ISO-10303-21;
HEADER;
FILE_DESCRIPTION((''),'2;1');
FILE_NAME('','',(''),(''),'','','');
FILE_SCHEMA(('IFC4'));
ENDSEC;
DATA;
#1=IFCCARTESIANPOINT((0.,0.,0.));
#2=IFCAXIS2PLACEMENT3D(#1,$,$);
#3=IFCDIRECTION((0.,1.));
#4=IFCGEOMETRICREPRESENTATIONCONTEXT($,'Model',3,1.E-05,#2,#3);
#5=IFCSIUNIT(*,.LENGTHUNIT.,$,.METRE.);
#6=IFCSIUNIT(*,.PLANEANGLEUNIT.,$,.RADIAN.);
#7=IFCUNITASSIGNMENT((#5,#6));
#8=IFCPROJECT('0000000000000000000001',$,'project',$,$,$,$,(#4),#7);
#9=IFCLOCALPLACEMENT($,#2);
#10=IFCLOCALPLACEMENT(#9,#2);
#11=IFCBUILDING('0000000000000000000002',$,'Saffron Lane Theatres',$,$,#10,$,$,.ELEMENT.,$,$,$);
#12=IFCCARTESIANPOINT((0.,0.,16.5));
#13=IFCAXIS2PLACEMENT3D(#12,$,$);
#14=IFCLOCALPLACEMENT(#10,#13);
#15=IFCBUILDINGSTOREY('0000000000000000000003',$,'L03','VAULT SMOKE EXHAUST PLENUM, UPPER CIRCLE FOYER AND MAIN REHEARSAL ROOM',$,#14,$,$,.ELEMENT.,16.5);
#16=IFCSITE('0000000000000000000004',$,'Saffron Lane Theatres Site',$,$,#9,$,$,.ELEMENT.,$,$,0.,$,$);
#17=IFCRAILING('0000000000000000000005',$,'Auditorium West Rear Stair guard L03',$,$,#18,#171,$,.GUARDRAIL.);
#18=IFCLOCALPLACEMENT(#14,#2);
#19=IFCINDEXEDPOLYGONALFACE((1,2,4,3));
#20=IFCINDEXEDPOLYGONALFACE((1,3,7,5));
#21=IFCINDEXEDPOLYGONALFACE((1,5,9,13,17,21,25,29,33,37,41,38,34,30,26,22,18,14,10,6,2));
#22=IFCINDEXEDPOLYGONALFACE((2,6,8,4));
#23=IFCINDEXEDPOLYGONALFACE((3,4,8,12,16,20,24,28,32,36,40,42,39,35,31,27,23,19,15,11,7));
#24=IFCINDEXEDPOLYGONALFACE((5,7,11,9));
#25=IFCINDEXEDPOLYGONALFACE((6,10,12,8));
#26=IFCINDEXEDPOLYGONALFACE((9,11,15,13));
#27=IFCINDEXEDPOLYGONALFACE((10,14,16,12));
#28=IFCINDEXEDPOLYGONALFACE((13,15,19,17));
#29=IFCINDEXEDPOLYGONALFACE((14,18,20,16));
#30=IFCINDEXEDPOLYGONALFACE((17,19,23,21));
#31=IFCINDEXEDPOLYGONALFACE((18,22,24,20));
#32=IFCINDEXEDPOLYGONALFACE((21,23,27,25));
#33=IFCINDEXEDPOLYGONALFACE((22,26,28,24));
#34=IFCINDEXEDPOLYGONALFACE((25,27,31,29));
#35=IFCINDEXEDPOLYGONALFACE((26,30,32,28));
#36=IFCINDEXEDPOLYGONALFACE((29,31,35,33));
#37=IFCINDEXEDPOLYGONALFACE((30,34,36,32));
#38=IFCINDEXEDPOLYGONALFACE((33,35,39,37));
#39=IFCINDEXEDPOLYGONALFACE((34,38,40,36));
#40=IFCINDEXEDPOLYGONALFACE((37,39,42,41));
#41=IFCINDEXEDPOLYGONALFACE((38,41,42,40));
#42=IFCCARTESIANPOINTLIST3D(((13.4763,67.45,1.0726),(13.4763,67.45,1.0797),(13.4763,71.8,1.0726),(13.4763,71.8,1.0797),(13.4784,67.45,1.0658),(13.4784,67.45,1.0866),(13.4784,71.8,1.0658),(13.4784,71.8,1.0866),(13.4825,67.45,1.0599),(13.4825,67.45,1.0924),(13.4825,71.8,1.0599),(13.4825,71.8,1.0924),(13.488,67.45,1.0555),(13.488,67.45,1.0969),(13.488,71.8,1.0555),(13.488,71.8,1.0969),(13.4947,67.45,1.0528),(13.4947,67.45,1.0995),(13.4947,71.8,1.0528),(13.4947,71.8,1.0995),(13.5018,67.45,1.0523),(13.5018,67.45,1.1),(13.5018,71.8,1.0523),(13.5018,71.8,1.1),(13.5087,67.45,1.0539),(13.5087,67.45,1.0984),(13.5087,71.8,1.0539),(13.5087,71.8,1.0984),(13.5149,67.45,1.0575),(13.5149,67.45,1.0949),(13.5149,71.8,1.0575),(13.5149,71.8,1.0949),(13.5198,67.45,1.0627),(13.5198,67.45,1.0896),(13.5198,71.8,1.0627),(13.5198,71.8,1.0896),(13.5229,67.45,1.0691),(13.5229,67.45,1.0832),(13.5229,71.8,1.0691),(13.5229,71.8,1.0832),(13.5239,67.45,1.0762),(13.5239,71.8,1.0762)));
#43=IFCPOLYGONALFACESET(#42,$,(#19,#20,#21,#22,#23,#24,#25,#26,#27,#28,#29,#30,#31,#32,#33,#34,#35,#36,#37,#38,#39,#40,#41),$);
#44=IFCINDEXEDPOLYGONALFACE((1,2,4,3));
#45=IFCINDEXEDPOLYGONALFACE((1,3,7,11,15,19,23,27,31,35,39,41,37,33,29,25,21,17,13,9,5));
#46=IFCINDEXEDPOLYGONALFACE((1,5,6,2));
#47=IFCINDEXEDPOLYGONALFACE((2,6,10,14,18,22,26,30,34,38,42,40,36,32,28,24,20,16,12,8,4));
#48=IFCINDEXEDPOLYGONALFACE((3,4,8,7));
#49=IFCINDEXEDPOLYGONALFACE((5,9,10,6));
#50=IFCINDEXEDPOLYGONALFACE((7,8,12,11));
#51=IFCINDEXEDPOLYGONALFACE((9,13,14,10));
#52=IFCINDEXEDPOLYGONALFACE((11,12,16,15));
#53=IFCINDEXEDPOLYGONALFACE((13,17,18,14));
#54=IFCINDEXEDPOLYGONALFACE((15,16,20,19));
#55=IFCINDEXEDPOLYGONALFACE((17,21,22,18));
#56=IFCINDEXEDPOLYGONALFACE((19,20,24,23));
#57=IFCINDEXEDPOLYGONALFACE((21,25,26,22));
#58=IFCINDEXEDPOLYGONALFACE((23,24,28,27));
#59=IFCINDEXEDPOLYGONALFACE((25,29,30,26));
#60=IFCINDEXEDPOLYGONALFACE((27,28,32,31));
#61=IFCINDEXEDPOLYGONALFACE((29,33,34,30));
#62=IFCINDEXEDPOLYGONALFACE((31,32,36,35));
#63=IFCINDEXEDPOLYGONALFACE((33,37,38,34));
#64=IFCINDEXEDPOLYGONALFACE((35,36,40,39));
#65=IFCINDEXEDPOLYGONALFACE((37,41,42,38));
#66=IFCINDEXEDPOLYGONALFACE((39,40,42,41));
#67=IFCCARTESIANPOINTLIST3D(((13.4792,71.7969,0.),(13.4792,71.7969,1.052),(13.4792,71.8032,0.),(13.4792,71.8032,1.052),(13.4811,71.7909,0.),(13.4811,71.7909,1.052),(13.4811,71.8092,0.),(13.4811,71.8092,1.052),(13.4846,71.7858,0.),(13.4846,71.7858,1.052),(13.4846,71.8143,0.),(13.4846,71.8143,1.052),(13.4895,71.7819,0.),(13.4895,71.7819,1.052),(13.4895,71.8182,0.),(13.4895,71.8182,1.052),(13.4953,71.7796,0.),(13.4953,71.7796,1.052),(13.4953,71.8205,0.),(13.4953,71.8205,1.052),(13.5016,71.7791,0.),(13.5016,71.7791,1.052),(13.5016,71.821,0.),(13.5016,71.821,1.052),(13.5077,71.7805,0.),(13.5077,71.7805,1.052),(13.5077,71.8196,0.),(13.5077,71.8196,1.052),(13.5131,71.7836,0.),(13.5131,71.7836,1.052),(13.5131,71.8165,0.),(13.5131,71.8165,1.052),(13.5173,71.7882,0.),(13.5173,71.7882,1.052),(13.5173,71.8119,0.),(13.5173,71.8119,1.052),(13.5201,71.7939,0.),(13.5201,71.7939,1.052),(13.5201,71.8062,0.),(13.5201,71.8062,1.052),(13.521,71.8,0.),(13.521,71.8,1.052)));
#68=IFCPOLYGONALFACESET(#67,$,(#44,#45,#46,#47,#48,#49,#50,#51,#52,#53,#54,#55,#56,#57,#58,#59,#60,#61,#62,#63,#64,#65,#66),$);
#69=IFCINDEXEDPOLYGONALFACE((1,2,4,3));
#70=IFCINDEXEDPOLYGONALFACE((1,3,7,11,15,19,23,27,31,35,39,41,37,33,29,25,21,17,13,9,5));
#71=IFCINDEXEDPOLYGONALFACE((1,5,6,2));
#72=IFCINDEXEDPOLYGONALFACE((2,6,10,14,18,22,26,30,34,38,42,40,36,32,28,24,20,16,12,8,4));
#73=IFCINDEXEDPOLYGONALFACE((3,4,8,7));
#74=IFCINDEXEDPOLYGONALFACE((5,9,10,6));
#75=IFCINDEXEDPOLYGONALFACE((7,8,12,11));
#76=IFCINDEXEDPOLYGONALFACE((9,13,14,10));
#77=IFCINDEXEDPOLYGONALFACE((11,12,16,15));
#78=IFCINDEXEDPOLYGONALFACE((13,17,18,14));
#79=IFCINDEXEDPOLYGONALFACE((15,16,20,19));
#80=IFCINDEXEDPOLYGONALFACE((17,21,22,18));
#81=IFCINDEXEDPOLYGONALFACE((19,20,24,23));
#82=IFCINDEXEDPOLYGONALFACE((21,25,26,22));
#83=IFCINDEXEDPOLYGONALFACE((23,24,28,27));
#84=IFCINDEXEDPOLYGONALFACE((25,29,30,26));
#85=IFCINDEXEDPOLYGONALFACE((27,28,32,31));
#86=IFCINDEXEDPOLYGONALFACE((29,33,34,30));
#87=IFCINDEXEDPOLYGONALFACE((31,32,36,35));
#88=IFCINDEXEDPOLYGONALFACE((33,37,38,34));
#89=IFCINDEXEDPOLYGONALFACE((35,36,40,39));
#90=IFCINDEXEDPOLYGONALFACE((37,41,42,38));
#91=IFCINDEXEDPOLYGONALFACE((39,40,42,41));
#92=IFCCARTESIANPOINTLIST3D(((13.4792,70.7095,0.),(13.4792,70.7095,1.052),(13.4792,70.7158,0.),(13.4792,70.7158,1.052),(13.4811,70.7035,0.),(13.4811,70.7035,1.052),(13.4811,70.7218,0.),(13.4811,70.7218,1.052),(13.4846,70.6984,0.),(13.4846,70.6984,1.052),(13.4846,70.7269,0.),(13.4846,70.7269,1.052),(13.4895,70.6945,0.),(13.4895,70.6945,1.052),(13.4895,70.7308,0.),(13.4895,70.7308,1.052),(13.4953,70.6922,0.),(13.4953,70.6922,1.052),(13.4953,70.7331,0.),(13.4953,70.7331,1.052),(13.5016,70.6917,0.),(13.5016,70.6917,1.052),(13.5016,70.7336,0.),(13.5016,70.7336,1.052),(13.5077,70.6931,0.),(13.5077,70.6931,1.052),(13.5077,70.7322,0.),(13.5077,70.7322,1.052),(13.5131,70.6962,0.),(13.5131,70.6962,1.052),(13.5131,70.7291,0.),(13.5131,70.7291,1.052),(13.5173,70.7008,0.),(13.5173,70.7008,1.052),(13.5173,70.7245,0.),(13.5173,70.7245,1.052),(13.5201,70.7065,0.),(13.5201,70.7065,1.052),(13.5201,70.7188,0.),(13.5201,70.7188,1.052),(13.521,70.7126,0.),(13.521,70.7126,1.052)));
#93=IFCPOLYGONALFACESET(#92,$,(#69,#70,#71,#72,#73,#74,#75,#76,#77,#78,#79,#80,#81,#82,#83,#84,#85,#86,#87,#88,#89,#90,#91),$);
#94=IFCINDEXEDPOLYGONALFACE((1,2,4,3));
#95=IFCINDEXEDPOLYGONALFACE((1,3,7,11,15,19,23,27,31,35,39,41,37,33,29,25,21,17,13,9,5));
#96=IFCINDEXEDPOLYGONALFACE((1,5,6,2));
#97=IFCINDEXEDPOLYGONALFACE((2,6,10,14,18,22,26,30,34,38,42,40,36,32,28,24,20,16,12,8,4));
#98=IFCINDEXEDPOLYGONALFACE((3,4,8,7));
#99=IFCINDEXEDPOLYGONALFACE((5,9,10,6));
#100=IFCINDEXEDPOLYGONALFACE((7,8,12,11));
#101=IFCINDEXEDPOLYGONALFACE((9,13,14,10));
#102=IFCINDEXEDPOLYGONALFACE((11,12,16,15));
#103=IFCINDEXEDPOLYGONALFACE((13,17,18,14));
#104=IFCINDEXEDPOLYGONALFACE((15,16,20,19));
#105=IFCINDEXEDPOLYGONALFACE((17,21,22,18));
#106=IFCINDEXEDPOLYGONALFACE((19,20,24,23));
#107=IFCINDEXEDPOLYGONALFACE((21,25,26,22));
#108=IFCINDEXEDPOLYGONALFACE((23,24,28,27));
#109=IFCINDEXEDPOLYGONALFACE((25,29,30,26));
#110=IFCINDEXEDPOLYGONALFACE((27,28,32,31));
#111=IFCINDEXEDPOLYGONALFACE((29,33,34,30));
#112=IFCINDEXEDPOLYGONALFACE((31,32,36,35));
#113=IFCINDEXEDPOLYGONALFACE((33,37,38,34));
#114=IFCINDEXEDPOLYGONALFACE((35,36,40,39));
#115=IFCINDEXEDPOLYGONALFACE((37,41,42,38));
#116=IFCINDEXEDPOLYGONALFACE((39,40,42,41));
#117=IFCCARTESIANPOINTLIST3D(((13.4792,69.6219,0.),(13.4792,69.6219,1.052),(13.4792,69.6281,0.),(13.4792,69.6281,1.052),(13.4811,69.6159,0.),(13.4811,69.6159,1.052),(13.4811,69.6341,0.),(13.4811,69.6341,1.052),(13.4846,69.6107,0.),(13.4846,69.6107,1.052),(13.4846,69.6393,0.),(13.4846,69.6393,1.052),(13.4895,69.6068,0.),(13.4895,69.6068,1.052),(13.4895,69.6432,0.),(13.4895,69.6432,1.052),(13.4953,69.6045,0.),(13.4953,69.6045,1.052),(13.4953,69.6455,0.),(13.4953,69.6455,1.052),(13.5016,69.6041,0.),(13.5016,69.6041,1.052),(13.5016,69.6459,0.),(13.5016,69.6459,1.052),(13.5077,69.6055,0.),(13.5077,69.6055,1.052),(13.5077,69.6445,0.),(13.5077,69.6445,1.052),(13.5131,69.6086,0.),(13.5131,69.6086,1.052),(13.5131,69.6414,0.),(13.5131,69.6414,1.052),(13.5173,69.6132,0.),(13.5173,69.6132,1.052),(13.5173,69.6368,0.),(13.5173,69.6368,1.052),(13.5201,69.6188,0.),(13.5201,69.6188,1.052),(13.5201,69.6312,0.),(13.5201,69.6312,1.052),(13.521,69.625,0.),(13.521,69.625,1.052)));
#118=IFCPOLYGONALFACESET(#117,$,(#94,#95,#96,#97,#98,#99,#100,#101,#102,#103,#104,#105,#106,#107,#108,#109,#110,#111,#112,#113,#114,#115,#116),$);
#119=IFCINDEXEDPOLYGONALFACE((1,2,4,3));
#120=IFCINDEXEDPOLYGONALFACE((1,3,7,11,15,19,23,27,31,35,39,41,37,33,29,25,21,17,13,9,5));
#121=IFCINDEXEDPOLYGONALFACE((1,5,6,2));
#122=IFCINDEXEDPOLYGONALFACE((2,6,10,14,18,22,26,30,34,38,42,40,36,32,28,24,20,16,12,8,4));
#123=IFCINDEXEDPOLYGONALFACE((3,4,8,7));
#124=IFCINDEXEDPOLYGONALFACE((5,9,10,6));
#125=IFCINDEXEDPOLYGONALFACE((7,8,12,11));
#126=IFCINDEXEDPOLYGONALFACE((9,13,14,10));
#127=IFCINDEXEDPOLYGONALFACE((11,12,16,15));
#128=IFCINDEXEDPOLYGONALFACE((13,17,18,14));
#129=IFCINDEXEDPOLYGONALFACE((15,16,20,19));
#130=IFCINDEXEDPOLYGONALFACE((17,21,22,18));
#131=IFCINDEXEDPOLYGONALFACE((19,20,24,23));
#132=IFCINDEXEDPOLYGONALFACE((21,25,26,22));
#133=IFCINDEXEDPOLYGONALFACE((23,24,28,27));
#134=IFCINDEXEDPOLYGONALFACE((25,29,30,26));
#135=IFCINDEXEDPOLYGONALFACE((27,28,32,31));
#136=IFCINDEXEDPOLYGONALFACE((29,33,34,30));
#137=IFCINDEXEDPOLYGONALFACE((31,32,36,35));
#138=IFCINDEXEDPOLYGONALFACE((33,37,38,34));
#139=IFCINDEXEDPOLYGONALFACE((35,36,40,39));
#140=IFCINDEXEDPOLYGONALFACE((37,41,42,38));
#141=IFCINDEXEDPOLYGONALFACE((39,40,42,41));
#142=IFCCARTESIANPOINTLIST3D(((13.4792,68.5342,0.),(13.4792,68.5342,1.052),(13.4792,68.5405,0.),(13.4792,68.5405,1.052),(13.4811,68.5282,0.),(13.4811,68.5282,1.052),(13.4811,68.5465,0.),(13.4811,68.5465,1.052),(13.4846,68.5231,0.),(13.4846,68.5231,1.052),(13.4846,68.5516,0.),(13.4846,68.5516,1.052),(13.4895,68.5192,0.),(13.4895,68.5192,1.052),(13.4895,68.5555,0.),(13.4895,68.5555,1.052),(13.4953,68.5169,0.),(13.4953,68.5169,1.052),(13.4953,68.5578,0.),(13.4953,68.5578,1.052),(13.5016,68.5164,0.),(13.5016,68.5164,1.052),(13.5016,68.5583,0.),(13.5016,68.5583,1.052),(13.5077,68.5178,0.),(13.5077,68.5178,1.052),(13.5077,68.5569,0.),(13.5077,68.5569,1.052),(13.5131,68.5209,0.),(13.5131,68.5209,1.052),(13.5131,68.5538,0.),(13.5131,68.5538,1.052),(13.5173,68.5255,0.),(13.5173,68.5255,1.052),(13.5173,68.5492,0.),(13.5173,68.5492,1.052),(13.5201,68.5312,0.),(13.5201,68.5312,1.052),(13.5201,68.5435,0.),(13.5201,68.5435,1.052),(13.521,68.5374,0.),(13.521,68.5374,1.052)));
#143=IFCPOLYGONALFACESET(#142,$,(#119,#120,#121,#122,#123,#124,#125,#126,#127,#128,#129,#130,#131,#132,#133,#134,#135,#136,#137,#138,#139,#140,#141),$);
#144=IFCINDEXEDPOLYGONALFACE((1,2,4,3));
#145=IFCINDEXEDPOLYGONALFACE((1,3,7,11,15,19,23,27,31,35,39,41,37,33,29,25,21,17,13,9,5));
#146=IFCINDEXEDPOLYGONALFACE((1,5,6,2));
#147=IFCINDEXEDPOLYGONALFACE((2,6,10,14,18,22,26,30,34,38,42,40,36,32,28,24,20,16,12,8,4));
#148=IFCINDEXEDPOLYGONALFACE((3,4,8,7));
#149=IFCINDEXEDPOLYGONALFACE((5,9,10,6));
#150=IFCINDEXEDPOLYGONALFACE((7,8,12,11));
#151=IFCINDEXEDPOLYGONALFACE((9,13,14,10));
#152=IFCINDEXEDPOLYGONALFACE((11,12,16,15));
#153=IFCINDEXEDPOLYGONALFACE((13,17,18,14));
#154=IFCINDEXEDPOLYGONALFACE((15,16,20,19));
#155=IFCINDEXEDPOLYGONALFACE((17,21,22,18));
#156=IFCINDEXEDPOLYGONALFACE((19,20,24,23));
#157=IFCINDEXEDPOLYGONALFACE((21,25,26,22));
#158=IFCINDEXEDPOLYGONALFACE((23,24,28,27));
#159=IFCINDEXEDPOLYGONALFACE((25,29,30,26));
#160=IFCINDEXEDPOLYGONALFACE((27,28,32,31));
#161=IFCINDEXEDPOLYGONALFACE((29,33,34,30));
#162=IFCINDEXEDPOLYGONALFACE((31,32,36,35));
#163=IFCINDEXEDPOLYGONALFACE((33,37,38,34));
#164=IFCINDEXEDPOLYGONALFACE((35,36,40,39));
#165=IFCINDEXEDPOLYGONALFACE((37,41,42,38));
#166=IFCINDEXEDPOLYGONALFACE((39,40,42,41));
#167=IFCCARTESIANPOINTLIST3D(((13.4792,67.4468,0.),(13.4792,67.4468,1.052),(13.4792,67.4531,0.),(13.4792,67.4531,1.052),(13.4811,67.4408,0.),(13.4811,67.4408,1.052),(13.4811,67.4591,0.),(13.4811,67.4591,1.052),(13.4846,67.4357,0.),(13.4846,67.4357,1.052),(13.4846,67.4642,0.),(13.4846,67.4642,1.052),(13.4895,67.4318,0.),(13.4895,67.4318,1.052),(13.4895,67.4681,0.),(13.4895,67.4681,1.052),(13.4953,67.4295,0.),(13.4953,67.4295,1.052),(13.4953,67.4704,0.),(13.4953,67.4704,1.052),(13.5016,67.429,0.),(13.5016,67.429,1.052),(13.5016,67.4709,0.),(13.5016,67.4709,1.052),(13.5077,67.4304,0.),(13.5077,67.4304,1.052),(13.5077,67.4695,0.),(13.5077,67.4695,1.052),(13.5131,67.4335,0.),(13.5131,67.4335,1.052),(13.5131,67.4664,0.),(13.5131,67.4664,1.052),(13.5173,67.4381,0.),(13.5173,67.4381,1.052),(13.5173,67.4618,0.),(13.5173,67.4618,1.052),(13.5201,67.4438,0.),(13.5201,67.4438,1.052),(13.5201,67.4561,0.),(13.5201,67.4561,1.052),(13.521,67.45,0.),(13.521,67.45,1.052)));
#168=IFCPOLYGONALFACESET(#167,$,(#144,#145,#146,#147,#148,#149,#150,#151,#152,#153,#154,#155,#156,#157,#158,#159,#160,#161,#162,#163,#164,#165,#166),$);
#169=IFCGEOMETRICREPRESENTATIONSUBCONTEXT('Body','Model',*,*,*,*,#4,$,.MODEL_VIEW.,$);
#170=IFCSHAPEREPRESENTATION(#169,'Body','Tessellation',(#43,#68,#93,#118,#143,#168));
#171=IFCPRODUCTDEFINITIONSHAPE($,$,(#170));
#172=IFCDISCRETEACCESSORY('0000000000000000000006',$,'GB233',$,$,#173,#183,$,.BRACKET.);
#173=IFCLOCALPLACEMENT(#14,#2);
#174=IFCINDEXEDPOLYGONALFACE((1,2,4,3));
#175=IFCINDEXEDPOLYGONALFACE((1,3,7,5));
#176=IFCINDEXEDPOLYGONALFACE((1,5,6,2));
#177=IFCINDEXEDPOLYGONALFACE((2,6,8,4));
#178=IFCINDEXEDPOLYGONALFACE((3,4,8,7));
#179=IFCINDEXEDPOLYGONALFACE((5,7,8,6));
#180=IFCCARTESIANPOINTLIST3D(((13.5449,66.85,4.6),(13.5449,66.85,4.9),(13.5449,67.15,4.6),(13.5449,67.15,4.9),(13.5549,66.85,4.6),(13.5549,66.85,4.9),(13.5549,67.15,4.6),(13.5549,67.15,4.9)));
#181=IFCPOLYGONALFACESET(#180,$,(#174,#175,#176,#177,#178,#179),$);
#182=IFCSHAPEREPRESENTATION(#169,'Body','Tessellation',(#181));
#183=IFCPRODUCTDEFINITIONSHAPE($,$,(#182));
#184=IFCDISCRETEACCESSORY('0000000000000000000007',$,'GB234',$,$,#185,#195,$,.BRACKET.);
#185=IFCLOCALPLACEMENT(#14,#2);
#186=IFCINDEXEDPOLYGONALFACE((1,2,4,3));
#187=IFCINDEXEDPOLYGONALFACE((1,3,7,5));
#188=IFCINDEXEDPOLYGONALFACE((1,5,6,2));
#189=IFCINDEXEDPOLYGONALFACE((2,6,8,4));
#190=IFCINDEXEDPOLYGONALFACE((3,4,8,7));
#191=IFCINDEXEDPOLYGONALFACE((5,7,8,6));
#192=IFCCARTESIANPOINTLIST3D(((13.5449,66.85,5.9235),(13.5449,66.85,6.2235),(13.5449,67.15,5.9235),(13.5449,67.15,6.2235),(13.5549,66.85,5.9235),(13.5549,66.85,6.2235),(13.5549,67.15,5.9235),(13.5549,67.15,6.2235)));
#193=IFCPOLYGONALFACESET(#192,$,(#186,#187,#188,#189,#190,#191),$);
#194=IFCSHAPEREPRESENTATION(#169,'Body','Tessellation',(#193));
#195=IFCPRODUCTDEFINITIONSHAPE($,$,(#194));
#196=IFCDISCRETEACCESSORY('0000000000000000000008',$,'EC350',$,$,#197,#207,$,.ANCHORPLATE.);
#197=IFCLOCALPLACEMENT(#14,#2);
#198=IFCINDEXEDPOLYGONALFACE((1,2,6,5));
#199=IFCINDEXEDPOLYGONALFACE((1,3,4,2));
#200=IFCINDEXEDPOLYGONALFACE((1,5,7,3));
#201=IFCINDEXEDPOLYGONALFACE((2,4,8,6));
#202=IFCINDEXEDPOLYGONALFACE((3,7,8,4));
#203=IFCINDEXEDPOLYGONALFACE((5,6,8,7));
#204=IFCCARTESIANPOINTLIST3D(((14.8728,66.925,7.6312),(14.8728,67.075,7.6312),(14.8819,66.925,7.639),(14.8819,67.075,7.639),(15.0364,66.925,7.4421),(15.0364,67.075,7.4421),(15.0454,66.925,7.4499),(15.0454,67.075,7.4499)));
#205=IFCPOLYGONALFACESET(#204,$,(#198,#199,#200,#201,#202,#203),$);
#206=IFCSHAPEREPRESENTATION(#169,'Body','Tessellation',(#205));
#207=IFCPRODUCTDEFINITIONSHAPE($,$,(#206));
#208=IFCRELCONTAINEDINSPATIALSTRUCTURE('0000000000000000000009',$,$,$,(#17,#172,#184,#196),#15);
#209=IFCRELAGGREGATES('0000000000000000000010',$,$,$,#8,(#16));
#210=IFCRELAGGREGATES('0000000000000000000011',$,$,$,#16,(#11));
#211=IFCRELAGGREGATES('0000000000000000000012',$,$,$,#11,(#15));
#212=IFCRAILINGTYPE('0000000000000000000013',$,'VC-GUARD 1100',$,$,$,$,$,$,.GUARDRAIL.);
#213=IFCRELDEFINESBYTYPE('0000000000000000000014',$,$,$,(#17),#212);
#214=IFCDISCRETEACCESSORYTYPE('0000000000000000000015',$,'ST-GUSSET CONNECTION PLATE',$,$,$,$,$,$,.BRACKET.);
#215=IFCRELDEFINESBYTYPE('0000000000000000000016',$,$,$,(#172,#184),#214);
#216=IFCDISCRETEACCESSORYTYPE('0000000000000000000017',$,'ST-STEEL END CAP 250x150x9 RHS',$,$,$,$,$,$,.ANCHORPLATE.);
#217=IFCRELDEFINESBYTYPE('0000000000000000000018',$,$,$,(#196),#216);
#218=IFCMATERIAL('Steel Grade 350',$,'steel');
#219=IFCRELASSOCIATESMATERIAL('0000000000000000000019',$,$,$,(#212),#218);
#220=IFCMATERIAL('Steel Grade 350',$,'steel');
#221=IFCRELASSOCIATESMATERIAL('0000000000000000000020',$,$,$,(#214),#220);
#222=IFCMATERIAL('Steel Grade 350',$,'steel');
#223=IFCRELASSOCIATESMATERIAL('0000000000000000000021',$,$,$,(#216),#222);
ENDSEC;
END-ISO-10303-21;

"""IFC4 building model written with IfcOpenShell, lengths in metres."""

from ifc_helpers import new_model, si_unit, direction, frame, origin, origin_2d, place, context, subcontext, project, spatial, rectangle, circle, extrude, material, material_profile, profile_set, type_object, element, save


model = new_model("IFC4")

# Units and contexts
model_context = context("Model", 3, precision=1e-05, world=origin(), true_north=direction((0.0, 1.0)))
body_context = subcontext(model_context, "Body", "Model", "MODEL_VIEW")
ifc_project = project(units=[si_unit("LENGTHUNIT", "METRE"), si_unit("PLANEANGLEUNIT", "RADIAN")], contexts=[model_context])

# Site, building, storey
site_placement = place(None, origin())
site = spatial("IfcSite", under=ifc_project, at=site_placement, Name="Saffron Lane Theatres Site", CompositionType="ELEMENT", RefElevation=0.0)
building_placement = place(site_placement, origin())
building = spatial("IfcBuilding", under=site, at=building_placement, Name="Saffron Lane Theatres", CompositionType="ELEMENT")
storey_placement = place(building_placement, frame((0.0, 0.0, 16.5)))
storey = spatial("IfcBuildingStorey", under=building, at=storey_placement, Name="L03", Description="VAULT SMOKE EXHAUST PLENUM, UPPER CIRCLE FOYER AND MAIN REHEARSAL ROOM", CompositionType="ELEMENT", Elevation=16.5)

# Railing
ifc_material_1 = material(Name="Steel Grade 350", Category="steel")
railing_type = type_object("IfcRailingType", Name="VC-GUARD 1100", PredefinedType="GUARDRAIL", material=ifc_material_1)
railing_placement = place(storey_placement, frame((13.5, 71.8, 0.0)))
element("IfcRailing", 1, at=railing_placement, inside=storey, type_object=railing_type, Name="Auditorium West Rear Stair guard L03", PredefinedType="GUARDRAIL", context=body_context, shape_type="SweptSolid", body=[
    extrude(circle(Radius=0.0239, at=origin_2d()), frame((0.0, 0.0, 1.0762), z_axis=(0.0, -1.0, 0.0), x_axis=(1.0, 0.0, 0.0)), (0.0, 0.0, 1.0), 4.3501),
    extrude(circle(Radius=0.021, at=origin_2d()), origin(), (0.0, 0.0, 1.0), 1.052),
    extrude(circle(Radius=0.021, at=origin_2d()), frame((0.0, -1.0874, 0.0)), (0.0, 0.0, 1.0), 1.052),
    extrude(circle(Radius=0.021, at=origin_2d()), frame((0.0, -2.175, 0.0)), (0.0, 0.0, 1.0), 1.052),
    extrude(circle(Radius=0.021, at=origin_2d()), frame((0.0, -3.2627, 0.0)), (0.0, 0.0, 1.0), 1.052),
    extrude(circle(Radius=0.021, at=origin_2d()), frame((0.0, -4.3501, 0.0)), (0.0, 0.0, 1.0), 1.052),
])

# Discrete accessories
ifc_material_2 = material(Name="Steel Grade 350", Category="steel")
ifc_material_profile_1 = material_profile(ifc_material_2, rectangle(XDim=0.3, YDim=0.3, at=origin_2d()))
ifc_profile_set_1 = profile_set([ifc_material_profile_1], Name="Steel Grade 350")
discrete_accessory_type_1 = type_object("IfcDiscreteAccessoryType", Name="ST-GUSSET CONNECTION PLATE", PredefinedType="BRACKET", material=ifc_profile_set_1)
for number, where, z_axis, x_axis, name in (
    (2, (13.5449, 67.0, 4.75), (1.0, 0.0, 0.0), (0.0, 1.0, 0.0), "GB233"),
    (3, (13.5449, 67.0, 6.0735), (1.0, 0.0, 0.0), (0.0, 1.0, 0.0), "GB234"),
):
    element("IfcDiscreteAccessory", number, at=place(storey_placement, frame(where, z_axis=z_axis, x_axis=x_axis)), inside=storey, type_object=discrete_accessory_type_1, Name=name, PredefinedType="BRACKET", context=body_context, shape_type="SweptSolid", body=[
        extrude(rectangle(XDim=0.3, YDim=0.3, at=origin_2d()), origin(), (0.0, 0.0, 1.0), 0.01),
    ])
ifc_material_3 = material(Name="Steel Grade 350", Category="steel")
ifc_material_profile_2 = material_profile(ifc_material_3, rectangle(XDim=0.1499, YDim=0.25, at=origin_2d()))
ifc_profile_set_2 = profile_set([ifc_material_profile_2], Name="Steel Grade 350")
discrete_accessory_type_2 = type_object("IfcDiscreteAccessoryType", Name="ST-STEEL END CAP 250x150x9 RHS", PredefinedType="ANCHORPLATE", material=ifc_profile_set_2)
discrete_accessory_placement = place(storey_placement, frame((14.9546, 67.0, 7.5366), z_axis=(0.756363, 0.0, 0.654152), x_axis=(0.0, 1.0, 0.0)))
element("IfcDiscreteAccessory", 4, at=discrete_accessory_placement, inside=storey, type_object=discrete_accessory_type_2, Name="EC350", PredefinedType="ANCHORPLATE", context=body_context, shape_type="SweptSolid", body=[
    extrude(rectangle(XDim=0.1499, YDim=0.25, at=origin_2d()), origin(), (0.0, 0.0, 1.0), 0.012),
])

save(model, "model.ifc")
